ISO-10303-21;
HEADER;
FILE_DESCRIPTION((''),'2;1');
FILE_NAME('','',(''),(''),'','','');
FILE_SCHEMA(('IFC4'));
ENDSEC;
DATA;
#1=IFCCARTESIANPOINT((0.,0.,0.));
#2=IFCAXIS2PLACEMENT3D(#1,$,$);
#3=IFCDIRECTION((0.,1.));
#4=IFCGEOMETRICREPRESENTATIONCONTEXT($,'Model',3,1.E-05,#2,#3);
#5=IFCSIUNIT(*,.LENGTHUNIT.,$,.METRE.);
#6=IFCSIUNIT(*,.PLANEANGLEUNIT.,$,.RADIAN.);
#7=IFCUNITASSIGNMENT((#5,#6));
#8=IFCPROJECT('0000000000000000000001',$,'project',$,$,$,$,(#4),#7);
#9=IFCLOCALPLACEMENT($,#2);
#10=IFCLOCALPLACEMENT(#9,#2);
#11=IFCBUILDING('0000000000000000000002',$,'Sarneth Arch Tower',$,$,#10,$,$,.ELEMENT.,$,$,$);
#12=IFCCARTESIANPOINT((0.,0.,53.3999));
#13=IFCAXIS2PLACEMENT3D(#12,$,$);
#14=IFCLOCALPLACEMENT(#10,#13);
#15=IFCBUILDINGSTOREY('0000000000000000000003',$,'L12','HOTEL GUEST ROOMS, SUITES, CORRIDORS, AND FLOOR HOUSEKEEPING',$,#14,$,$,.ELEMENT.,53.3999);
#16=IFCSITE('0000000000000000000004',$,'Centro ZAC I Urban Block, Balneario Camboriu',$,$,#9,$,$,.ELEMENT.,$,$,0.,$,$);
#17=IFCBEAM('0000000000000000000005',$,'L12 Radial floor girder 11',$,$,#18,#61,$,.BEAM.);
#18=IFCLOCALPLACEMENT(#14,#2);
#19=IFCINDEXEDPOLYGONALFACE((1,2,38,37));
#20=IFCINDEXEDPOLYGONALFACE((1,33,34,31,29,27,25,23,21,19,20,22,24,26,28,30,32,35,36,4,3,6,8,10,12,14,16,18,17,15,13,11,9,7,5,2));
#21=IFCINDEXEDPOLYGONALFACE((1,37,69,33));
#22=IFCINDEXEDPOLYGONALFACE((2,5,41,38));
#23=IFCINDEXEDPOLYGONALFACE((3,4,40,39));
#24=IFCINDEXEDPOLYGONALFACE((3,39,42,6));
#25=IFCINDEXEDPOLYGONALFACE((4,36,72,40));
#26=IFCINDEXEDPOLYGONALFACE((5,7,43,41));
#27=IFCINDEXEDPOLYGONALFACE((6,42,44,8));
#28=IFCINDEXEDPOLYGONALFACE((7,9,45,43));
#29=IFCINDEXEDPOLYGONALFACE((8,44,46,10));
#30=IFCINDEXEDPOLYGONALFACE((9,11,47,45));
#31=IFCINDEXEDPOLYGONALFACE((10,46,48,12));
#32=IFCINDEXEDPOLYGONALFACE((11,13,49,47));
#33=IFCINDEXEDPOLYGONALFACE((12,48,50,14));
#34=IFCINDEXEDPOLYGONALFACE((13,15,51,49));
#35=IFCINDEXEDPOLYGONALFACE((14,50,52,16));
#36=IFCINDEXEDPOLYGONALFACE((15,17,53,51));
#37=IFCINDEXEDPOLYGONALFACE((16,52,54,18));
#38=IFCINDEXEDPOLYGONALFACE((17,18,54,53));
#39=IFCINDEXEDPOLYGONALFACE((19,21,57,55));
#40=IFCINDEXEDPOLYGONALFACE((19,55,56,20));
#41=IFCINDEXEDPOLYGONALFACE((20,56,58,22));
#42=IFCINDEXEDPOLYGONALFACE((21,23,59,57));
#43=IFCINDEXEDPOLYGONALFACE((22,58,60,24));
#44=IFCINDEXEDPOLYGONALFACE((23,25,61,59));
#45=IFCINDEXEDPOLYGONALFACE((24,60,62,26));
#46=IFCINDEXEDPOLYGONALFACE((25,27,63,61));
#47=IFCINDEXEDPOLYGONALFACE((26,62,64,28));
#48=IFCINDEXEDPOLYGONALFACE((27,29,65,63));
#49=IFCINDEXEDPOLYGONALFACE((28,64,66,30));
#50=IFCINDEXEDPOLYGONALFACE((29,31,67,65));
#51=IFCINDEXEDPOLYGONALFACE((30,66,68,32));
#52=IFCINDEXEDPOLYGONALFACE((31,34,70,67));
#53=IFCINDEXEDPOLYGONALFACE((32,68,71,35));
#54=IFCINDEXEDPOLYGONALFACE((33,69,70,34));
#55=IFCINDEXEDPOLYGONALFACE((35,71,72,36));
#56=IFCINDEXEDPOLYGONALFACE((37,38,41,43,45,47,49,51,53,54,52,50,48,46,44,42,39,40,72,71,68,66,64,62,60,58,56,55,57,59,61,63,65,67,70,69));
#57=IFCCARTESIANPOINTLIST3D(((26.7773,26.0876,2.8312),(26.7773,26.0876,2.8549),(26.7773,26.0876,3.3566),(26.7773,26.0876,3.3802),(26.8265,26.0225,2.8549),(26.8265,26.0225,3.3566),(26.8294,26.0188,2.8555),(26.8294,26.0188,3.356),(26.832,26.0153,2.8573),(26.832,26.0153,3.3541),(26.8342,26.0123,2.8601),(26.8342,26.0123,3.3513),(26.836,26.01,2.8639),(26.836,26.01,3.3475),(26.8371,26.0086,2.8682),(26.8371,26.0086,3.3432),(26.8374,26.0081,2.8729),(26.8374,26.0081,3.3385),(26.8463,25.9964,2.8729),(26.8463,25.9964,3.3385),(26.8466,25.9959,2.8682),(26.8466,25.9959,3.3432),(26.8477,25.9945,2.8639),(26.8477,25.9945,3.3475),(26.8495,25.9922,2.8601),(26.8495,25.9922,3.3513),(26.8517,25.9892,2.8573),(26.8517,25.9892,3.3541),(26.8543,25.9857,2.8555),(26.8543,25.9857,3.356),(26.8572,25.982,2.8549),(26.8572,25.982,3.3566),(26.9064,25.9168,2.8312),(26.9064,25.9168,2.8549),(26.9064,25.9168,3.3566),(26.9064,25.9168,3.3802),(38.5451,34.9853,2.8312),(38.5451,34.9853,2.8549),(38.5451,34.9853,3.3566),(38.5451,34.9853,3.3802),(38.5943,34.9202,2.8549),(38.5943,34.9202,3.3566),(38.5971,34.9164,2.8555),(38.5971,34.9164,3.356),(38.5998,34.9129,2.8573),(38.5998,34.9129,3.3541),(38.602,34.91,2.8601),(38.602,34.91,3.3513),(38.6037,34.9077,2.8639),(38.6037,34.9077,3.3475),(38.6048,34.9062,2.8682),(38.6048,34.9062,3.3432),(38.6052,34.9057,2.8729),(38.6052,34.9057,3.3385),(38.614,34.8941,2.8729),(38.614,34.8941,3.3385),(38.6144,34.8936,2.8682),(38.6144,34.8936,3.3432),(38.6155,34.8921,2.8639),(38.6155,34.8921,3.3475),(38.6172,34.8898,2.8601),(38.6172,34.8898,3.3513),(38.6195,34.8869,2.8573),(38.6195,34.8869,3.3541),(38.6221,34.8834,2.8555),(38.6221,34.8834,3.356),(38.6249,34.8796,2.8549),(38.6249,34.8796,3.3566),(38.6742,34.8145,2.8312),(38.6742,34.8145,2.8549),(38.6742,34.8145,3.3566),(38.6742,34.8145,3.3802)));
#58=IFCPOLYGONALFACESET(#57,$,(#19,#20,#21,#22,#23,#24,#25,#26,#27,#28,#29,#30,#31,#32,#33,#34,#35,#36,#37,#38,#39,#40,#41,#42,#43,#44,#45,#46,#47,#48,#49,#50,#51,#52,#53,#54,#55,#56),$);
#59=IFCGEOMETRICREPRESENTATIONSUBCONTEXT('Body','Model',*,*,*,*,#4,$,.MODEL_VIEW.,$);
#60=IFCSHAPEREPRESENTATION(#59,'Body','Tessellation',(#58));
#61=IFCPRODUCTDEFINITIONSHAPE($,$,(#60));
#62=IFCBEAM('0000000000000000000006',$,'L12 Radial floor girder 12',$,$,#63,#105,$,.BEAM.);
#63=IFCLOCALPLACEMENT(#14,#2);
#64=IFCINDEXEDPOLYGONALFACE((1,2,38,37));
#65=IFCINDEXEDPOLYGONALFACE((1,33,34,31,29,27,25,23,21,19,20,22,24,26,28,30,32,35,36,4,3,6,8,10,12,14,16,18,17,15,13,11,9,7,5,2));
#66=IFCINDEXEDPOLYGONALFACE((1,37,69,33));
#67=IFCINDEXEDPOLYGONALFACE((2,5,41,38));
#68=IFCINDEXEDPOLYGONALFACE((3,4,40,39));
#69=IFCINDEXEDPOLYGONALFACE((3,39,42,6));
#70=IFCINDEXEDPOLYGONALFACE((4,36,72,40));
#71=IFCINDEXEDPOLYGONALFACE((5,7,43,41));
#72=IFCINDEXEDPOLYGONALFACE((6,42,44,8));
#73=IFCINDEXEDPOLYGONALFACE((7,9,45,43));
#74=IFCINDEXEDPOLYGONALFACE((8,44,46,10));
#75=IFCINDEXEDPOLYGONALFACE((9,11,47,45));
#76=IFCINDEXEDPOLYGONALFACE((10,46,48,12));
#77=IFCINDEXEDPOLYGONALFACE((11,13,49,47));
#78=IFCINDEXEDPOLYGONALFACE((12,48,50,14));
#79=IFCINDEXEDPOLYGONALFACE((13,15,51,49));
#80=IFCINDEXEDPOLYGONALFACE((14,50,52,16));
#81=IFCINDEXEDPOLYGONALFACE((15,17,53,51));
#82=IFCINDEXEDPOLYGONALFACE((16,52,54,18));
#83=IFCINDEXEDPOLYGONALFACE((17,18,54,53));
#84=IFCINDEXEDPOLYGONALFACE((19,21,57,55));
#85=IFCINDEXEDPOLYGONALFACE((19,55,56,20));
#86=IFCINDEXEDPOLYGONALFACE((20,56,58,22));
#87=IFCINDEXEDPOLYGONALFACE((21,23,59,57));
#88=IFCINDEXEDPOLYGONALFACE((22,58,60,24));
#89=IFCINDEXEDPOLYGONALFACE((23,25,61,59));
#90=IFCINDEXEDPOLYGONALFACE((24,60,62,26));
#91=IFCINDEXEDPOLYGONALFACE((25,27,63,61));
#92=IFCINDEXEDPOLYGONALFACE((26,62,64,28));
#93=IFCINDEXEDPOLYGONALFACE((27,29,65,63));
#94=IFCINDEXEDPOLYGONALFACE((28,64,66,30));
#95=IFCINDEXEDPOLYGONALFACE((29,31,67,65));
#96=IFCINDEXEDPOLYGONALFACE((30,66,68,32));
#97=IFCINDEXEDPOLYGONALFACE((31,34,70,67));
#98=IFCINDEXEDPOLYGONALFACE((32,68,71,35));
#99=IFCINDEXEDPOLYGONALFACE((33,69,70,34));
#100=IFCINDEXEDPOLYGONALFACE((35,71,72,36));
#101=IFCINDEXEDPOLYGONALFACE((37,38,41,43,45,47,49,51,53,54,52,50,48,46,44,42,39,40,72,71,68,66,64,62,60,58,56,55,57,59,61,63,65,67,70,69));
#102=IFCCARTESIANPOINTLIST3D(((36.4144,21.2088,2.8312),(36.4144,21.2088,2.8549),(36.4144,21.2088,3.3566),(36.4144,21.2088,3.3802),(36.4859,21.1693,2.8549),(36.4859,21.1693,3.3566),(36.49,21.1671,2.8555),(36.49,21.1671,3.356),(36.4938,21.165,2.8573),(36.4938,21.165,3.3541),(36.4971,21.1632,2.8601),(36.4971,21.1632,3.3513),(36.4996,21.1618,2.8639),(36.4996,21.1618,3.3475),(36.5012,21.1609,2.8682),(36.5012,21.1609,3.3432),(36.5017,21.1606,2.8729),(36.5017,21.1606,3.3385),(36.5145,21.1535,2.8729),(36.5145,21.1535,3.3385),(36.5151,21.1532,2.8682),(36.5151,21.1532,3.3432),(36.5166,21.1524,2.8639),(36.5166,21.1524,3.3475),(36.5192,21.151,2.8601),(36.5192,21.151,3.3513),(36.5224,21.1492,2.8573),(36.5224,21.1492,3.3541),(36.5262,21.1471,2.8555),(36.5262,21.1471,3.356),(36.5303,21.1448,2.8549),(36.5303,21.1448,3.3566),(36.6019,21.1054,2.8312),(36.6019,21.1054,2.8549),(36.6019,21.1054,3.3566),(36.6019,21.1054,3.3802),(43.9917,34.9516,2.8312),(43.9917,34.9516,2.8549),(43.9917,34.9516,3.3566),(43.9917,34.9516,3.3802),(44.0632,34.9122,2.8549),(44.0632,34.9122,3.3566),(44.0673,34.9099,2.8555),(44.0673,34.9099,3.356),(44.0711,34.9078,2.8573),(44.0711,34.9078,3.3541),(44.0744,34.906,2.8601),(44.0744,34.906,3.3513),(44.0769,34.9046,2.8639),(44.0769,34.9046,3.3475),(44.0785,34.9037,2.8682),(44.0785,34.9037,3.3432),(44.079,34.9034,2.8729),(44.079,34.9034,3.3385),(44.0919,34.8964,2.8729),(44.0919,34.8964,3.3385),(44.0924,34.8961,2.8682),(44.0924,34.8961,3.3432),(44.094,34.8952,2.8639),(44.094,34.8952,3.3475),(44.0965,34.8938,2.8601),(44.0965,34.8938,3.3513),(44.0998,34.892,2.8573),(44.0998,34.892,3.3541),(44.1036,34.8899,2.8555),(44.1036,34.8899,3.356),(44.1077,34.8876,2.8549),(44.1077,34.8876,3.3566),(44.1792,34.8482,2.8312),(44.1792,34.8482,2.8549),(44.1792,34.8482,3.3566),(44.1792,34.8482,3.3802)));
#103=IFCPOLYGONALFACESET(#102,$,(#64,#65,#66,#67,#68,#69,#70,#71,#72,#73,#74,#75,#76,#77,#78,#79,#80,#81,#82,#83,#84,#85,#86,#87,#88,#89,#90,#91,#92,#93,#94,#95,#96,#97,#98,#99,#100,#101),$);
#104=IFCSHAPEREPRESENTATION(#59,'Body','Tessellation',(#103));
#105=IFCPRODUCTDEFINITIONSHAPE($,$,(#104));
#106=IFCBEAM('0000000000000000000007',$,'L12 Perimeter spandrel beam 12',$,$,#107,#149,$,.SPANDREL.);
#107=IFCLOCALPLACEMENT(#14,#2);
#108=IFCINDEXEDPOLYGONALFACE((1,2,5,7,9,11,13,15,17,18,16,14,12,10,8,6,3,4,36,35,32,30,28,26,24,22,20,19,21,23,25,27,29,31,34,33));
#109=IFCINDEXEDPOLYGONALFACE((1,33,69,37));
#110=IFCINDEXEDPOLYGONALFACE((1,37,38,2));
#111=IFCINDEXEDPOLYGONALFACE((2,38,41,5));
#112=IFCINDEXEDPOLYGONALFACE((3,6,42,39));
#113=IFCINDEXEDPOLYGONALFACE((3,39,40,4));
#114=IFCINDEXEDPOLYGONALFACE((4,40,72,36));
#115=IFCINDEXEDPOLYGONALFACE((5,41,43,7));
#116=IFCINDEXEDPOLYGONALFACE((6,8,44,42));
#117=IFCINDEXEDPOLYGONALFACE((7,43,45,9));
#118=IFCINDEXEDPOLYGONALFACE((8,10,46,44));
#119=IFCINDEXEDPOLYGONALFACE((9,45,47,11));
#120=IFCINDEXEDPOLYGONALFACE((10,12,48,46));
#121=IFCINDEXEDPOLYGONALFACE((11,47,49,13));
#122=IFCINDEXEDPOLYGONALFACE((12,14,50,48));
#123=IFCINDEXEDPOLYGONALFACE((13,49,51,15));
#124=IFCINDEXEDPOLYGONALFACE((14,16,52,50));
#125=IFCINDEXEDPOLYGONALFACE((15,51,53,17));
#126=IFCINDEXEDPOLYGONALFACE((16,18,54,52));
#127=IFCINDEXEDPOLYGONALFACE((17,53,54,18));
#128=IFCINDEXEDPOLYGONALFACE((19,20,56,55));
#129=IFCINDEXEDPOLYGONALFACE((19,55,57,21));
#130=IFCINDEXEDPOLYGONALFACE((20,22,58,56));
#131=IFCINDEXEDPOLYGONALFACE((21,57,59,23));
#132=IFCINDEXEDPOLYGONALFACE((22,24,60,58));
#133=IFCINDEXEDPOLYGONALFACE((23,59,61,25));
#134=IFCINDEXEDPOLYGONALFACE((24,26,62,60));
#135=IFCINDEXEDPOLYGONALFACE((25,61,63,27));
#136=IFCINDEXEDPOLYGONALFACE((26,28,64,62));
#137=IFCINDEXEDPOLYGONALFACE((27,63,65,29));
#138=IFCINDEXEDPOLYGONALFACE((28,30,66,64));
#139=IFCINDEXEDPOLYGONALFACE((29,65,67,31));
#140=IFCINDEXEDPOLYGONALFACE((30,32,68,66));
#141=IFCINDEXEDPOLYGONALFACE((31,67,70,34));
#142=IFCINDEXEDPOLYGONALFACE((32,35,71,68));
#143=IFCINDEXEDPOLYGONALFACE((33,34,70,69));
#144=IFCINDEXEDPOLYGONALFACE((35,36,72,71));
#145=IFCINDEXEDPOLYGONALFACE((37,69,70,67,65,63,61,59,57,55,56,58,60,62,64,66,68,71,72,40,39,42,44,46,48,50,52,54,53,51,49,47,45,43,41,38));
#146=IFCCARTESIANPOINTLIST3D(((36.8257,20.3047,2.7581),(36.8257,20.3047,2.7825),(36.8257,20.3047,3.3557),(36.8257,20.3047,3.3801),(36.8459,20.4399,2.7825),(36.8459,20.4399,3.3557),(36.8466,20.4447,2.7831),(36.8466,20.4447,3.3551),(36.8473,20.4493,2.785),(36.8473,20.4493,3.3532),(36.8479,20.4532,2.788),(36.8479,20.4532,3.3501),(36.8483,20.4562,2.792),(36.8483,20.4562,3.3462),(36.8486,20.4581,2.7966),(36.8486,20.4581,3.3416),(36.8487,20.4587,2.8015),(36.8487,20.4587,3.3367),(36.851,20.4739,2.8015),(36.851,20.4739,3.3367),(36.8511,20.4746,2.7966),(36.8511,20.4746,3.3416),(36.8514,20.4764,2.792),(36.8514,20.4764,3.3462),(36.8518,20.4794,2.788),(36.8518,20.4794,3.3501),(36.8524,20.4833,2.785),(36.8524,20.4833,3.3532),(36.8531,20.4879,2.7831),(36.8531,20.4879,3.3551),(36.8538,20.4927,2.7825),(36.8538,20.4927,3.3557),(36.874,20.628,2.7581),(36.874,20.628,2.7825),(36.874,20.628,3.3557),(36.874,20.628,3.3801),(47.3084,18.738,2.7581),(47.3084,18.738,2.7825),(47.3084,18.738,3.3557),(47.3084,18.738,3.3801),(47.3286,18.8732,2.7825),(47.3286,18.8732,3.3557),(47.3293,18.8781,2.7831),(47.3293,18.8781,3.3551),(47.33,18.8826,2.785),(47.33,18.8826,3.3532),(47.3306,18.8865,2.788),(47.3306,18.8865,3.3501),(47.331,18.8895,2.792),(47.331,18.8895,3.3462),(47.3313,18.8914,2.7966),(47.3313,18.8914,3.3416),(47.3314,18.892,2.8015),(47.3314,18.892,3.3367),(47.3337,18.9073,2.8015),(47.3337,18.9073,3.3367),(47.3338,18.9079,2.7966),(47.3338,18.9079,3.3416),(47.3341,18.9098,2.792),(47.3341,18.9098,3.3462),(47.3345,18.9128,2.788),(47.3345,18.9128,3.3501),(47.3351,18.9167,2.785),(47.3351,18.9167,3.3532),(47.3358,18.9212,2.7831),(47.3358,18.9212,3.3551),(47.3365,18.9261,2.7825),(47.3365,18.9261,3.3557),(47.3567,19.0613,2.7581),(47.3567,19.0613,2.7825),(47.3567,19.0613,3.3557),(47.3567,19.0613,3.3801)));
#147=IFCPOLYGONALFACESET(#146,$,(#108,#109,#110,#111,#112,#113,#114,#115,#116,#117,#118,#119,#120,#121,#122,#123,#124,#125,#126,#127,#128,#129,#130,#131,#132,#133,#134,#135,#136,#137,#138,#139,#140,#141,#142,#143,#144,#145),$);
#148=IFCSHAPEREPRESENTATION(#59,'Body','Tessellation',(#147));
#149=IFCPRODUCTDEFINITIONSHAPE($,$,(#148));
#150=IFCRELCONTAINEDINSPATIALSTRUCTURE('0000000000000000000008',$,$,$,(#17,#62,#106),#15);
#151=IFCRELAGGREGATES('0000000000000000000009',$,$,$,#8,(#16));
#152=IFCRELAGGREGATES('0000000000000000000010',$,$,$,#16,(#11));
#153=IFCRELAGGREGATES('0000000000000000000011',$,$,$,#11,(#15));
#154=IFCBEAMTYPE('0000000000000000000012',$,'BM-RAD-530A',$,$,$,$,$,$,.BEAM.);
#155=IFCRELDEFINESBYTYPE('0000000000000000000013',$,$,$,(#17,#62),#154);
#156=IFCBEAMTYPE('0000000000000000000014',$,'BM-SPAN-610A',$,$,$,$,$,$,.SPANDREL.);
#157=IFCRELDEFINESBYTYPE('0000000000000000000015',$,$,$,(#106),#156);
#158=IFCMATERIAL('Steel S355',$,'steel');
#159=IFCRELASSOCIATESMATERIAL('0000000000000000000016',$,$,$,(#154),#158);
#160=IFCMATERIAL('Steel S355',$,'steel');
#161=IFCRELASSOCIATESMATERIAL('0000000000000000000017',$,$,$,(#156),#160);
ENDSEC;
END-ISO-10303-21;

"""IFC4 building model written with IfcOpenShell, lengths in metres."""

from ifc_helpers import new_model, si_unit, direction, frame, origin, origin_2d, place, context, subcontext, project, spatial, i_section, extrude, material, material_profile, profile_set, type_object, element, save


model = new_model("IFC4")

# Units and contexts
model_context = context("Model", 3, precision=1e-05, world=origin(), true_north=direction((0.0, 1.0)))
body_context = subcontext(model_context, "Body", "Model", "MODEL_VIEW")
ifc_project = project(units=[si_unit("LENGTHUNIT", "METRE"), si_unit("PLANEANGLEUNIT", "RADIAN")], contexts=[model_context])

# Site, building, storey
site_placement = place(None, origin())
site = spatial("IfcSite", under=ifc_project, at=site_placement, Name="Centro ZAC I Urban Block, Balneario Camboriu", CompositionType="ELEMENT", RefElevation=0.0)
building_placement = place(site_placement, origin())
building = spatial("IfcBuilding", under=site, at=building_placement, Name="Sarneth Arch Tower", CompositionType="ELEMENT")
storey_placement = place(building_placement, frame((0.0, 0.0, 53.3999)))
storey = spatial("IfcBuildingStorey", under=building, at=storey_placement, Name="L12", Description="HOTEL GUEST ROOMS, SUITES, CORRIDORS, AND FLOOR HOUSEKEEPING", CompositionType="ELEMENT", Elevation=53.3999)

# Beams
ifc_material_1 = material(Name="Steel S355", Category="steel")
ifc_material_profile_1 = material_profile(ifc_material_1, i_section(OverallWidth=0.2141, OverallDepth=0.5491, WebThickness=0.0146, FlangeThickness=0.0237, FilletRadius=0.0181, at=origin_2d()), Name="W530x138")
ifc_profile_set_1 = profile_set([ifc_material_profile_1], Name="Steel S355")
beam_type_1 = type_object("IfcBeamType", Name="BM-RAD-530A", PredefinedType="BEAM", material=ifc_profile_set_1)
beam_1_placement = place(storey_placement, frame((38.6096, 34.8999, 3.1057), z_axis=(-0.797657, -0.603112, 0.0), x_axis=(0.603112, -0.797657, 0.0)))
element("IfcBeam", 1, at=beam_1_placement, inside=storey, type_object=beam_type_1, Name="L12 Radial floor girder 11", PredefinedType="BEAM", context=body_context, shape_type="SweptSolid", body=[
    extrude(i_section(OverallWidth=0.2141, OverallDepth=0.5491, WebThickness=0.0146, FlangeThickness=0.0237, FilletRadius=0.0181, at=origin_2d()), origin(), (0.0, 0.0, 1.0), 14.7529),
])
beam_2_placement = place(storey_placement, frame((44.0854, 34.8999, 3.1057), z_axis=(-0.482838, -0.87571, 0.0), x_axis=(0.87571, -0.482838, 0.0)))
element("IfcBeam", 2, at=beam_2_placement, inside=storey, type_object=beam_type_1, Name="L12 Radial floor girder 12", PredefinedType="BEAM", context=body_context, shape_type="SweptSolid", body=[
    extrude(i_section(OverallWidth=0.2141, OverallDepth=0.5491, WebThickness=0.0146, FlangeThickness=0.0237, FilletRadius=0.0181, at=origin_2d()), origin(), (0.0, 0.0, 1.0), 15.6934),
])
ifc_material_2 = material(Name="Steel S355", Category="steel")
ifc_material_profile_2 = material_profile(ifc_material_2, i_section(OverallWidth=0.3269, OverallDepth=0.6221, WebThickness=0.0154, FlangeThickness=0.0244, FilletRadius=0.019, at=origin_2d()), Name="W610x195")
ifc_profile_set_2 = profile_set([ifc_material_profile_2], Name="Steel S355")
beam_type_2 = type_object("IfcBeamType", Name="BM-SPAN-610A", PredefinedType="SPANDREL", material=ifc_profile_set_2)
beam_3_placement = place(storey_placement, frame((36.8499, 20.4663, 3.0691), z_axis=(0.989016, -0.14781, 0.0), x_axis=(0.14781, 0.989016, 0.0)))
element("IfcBeam", 3, at=beam_3_placement, inside=storey, type_object=beam_type_2, Name="L12 Perimeter spandrel beam 12", PredefinedType="SPANDREL", context=body_context, shape_type="SweptSolid", body=[
    extrude(i_section(OverallWidth=0.3269, OverallDepth=0.6221, WebThickness=0.0154, FlangeThickness=0.0244, FilletRadius=0.019, at=origin_2d()), origin(), (0.0, 0.0, 1.0), 10.5991),
])

save(model, "model.ifc")
